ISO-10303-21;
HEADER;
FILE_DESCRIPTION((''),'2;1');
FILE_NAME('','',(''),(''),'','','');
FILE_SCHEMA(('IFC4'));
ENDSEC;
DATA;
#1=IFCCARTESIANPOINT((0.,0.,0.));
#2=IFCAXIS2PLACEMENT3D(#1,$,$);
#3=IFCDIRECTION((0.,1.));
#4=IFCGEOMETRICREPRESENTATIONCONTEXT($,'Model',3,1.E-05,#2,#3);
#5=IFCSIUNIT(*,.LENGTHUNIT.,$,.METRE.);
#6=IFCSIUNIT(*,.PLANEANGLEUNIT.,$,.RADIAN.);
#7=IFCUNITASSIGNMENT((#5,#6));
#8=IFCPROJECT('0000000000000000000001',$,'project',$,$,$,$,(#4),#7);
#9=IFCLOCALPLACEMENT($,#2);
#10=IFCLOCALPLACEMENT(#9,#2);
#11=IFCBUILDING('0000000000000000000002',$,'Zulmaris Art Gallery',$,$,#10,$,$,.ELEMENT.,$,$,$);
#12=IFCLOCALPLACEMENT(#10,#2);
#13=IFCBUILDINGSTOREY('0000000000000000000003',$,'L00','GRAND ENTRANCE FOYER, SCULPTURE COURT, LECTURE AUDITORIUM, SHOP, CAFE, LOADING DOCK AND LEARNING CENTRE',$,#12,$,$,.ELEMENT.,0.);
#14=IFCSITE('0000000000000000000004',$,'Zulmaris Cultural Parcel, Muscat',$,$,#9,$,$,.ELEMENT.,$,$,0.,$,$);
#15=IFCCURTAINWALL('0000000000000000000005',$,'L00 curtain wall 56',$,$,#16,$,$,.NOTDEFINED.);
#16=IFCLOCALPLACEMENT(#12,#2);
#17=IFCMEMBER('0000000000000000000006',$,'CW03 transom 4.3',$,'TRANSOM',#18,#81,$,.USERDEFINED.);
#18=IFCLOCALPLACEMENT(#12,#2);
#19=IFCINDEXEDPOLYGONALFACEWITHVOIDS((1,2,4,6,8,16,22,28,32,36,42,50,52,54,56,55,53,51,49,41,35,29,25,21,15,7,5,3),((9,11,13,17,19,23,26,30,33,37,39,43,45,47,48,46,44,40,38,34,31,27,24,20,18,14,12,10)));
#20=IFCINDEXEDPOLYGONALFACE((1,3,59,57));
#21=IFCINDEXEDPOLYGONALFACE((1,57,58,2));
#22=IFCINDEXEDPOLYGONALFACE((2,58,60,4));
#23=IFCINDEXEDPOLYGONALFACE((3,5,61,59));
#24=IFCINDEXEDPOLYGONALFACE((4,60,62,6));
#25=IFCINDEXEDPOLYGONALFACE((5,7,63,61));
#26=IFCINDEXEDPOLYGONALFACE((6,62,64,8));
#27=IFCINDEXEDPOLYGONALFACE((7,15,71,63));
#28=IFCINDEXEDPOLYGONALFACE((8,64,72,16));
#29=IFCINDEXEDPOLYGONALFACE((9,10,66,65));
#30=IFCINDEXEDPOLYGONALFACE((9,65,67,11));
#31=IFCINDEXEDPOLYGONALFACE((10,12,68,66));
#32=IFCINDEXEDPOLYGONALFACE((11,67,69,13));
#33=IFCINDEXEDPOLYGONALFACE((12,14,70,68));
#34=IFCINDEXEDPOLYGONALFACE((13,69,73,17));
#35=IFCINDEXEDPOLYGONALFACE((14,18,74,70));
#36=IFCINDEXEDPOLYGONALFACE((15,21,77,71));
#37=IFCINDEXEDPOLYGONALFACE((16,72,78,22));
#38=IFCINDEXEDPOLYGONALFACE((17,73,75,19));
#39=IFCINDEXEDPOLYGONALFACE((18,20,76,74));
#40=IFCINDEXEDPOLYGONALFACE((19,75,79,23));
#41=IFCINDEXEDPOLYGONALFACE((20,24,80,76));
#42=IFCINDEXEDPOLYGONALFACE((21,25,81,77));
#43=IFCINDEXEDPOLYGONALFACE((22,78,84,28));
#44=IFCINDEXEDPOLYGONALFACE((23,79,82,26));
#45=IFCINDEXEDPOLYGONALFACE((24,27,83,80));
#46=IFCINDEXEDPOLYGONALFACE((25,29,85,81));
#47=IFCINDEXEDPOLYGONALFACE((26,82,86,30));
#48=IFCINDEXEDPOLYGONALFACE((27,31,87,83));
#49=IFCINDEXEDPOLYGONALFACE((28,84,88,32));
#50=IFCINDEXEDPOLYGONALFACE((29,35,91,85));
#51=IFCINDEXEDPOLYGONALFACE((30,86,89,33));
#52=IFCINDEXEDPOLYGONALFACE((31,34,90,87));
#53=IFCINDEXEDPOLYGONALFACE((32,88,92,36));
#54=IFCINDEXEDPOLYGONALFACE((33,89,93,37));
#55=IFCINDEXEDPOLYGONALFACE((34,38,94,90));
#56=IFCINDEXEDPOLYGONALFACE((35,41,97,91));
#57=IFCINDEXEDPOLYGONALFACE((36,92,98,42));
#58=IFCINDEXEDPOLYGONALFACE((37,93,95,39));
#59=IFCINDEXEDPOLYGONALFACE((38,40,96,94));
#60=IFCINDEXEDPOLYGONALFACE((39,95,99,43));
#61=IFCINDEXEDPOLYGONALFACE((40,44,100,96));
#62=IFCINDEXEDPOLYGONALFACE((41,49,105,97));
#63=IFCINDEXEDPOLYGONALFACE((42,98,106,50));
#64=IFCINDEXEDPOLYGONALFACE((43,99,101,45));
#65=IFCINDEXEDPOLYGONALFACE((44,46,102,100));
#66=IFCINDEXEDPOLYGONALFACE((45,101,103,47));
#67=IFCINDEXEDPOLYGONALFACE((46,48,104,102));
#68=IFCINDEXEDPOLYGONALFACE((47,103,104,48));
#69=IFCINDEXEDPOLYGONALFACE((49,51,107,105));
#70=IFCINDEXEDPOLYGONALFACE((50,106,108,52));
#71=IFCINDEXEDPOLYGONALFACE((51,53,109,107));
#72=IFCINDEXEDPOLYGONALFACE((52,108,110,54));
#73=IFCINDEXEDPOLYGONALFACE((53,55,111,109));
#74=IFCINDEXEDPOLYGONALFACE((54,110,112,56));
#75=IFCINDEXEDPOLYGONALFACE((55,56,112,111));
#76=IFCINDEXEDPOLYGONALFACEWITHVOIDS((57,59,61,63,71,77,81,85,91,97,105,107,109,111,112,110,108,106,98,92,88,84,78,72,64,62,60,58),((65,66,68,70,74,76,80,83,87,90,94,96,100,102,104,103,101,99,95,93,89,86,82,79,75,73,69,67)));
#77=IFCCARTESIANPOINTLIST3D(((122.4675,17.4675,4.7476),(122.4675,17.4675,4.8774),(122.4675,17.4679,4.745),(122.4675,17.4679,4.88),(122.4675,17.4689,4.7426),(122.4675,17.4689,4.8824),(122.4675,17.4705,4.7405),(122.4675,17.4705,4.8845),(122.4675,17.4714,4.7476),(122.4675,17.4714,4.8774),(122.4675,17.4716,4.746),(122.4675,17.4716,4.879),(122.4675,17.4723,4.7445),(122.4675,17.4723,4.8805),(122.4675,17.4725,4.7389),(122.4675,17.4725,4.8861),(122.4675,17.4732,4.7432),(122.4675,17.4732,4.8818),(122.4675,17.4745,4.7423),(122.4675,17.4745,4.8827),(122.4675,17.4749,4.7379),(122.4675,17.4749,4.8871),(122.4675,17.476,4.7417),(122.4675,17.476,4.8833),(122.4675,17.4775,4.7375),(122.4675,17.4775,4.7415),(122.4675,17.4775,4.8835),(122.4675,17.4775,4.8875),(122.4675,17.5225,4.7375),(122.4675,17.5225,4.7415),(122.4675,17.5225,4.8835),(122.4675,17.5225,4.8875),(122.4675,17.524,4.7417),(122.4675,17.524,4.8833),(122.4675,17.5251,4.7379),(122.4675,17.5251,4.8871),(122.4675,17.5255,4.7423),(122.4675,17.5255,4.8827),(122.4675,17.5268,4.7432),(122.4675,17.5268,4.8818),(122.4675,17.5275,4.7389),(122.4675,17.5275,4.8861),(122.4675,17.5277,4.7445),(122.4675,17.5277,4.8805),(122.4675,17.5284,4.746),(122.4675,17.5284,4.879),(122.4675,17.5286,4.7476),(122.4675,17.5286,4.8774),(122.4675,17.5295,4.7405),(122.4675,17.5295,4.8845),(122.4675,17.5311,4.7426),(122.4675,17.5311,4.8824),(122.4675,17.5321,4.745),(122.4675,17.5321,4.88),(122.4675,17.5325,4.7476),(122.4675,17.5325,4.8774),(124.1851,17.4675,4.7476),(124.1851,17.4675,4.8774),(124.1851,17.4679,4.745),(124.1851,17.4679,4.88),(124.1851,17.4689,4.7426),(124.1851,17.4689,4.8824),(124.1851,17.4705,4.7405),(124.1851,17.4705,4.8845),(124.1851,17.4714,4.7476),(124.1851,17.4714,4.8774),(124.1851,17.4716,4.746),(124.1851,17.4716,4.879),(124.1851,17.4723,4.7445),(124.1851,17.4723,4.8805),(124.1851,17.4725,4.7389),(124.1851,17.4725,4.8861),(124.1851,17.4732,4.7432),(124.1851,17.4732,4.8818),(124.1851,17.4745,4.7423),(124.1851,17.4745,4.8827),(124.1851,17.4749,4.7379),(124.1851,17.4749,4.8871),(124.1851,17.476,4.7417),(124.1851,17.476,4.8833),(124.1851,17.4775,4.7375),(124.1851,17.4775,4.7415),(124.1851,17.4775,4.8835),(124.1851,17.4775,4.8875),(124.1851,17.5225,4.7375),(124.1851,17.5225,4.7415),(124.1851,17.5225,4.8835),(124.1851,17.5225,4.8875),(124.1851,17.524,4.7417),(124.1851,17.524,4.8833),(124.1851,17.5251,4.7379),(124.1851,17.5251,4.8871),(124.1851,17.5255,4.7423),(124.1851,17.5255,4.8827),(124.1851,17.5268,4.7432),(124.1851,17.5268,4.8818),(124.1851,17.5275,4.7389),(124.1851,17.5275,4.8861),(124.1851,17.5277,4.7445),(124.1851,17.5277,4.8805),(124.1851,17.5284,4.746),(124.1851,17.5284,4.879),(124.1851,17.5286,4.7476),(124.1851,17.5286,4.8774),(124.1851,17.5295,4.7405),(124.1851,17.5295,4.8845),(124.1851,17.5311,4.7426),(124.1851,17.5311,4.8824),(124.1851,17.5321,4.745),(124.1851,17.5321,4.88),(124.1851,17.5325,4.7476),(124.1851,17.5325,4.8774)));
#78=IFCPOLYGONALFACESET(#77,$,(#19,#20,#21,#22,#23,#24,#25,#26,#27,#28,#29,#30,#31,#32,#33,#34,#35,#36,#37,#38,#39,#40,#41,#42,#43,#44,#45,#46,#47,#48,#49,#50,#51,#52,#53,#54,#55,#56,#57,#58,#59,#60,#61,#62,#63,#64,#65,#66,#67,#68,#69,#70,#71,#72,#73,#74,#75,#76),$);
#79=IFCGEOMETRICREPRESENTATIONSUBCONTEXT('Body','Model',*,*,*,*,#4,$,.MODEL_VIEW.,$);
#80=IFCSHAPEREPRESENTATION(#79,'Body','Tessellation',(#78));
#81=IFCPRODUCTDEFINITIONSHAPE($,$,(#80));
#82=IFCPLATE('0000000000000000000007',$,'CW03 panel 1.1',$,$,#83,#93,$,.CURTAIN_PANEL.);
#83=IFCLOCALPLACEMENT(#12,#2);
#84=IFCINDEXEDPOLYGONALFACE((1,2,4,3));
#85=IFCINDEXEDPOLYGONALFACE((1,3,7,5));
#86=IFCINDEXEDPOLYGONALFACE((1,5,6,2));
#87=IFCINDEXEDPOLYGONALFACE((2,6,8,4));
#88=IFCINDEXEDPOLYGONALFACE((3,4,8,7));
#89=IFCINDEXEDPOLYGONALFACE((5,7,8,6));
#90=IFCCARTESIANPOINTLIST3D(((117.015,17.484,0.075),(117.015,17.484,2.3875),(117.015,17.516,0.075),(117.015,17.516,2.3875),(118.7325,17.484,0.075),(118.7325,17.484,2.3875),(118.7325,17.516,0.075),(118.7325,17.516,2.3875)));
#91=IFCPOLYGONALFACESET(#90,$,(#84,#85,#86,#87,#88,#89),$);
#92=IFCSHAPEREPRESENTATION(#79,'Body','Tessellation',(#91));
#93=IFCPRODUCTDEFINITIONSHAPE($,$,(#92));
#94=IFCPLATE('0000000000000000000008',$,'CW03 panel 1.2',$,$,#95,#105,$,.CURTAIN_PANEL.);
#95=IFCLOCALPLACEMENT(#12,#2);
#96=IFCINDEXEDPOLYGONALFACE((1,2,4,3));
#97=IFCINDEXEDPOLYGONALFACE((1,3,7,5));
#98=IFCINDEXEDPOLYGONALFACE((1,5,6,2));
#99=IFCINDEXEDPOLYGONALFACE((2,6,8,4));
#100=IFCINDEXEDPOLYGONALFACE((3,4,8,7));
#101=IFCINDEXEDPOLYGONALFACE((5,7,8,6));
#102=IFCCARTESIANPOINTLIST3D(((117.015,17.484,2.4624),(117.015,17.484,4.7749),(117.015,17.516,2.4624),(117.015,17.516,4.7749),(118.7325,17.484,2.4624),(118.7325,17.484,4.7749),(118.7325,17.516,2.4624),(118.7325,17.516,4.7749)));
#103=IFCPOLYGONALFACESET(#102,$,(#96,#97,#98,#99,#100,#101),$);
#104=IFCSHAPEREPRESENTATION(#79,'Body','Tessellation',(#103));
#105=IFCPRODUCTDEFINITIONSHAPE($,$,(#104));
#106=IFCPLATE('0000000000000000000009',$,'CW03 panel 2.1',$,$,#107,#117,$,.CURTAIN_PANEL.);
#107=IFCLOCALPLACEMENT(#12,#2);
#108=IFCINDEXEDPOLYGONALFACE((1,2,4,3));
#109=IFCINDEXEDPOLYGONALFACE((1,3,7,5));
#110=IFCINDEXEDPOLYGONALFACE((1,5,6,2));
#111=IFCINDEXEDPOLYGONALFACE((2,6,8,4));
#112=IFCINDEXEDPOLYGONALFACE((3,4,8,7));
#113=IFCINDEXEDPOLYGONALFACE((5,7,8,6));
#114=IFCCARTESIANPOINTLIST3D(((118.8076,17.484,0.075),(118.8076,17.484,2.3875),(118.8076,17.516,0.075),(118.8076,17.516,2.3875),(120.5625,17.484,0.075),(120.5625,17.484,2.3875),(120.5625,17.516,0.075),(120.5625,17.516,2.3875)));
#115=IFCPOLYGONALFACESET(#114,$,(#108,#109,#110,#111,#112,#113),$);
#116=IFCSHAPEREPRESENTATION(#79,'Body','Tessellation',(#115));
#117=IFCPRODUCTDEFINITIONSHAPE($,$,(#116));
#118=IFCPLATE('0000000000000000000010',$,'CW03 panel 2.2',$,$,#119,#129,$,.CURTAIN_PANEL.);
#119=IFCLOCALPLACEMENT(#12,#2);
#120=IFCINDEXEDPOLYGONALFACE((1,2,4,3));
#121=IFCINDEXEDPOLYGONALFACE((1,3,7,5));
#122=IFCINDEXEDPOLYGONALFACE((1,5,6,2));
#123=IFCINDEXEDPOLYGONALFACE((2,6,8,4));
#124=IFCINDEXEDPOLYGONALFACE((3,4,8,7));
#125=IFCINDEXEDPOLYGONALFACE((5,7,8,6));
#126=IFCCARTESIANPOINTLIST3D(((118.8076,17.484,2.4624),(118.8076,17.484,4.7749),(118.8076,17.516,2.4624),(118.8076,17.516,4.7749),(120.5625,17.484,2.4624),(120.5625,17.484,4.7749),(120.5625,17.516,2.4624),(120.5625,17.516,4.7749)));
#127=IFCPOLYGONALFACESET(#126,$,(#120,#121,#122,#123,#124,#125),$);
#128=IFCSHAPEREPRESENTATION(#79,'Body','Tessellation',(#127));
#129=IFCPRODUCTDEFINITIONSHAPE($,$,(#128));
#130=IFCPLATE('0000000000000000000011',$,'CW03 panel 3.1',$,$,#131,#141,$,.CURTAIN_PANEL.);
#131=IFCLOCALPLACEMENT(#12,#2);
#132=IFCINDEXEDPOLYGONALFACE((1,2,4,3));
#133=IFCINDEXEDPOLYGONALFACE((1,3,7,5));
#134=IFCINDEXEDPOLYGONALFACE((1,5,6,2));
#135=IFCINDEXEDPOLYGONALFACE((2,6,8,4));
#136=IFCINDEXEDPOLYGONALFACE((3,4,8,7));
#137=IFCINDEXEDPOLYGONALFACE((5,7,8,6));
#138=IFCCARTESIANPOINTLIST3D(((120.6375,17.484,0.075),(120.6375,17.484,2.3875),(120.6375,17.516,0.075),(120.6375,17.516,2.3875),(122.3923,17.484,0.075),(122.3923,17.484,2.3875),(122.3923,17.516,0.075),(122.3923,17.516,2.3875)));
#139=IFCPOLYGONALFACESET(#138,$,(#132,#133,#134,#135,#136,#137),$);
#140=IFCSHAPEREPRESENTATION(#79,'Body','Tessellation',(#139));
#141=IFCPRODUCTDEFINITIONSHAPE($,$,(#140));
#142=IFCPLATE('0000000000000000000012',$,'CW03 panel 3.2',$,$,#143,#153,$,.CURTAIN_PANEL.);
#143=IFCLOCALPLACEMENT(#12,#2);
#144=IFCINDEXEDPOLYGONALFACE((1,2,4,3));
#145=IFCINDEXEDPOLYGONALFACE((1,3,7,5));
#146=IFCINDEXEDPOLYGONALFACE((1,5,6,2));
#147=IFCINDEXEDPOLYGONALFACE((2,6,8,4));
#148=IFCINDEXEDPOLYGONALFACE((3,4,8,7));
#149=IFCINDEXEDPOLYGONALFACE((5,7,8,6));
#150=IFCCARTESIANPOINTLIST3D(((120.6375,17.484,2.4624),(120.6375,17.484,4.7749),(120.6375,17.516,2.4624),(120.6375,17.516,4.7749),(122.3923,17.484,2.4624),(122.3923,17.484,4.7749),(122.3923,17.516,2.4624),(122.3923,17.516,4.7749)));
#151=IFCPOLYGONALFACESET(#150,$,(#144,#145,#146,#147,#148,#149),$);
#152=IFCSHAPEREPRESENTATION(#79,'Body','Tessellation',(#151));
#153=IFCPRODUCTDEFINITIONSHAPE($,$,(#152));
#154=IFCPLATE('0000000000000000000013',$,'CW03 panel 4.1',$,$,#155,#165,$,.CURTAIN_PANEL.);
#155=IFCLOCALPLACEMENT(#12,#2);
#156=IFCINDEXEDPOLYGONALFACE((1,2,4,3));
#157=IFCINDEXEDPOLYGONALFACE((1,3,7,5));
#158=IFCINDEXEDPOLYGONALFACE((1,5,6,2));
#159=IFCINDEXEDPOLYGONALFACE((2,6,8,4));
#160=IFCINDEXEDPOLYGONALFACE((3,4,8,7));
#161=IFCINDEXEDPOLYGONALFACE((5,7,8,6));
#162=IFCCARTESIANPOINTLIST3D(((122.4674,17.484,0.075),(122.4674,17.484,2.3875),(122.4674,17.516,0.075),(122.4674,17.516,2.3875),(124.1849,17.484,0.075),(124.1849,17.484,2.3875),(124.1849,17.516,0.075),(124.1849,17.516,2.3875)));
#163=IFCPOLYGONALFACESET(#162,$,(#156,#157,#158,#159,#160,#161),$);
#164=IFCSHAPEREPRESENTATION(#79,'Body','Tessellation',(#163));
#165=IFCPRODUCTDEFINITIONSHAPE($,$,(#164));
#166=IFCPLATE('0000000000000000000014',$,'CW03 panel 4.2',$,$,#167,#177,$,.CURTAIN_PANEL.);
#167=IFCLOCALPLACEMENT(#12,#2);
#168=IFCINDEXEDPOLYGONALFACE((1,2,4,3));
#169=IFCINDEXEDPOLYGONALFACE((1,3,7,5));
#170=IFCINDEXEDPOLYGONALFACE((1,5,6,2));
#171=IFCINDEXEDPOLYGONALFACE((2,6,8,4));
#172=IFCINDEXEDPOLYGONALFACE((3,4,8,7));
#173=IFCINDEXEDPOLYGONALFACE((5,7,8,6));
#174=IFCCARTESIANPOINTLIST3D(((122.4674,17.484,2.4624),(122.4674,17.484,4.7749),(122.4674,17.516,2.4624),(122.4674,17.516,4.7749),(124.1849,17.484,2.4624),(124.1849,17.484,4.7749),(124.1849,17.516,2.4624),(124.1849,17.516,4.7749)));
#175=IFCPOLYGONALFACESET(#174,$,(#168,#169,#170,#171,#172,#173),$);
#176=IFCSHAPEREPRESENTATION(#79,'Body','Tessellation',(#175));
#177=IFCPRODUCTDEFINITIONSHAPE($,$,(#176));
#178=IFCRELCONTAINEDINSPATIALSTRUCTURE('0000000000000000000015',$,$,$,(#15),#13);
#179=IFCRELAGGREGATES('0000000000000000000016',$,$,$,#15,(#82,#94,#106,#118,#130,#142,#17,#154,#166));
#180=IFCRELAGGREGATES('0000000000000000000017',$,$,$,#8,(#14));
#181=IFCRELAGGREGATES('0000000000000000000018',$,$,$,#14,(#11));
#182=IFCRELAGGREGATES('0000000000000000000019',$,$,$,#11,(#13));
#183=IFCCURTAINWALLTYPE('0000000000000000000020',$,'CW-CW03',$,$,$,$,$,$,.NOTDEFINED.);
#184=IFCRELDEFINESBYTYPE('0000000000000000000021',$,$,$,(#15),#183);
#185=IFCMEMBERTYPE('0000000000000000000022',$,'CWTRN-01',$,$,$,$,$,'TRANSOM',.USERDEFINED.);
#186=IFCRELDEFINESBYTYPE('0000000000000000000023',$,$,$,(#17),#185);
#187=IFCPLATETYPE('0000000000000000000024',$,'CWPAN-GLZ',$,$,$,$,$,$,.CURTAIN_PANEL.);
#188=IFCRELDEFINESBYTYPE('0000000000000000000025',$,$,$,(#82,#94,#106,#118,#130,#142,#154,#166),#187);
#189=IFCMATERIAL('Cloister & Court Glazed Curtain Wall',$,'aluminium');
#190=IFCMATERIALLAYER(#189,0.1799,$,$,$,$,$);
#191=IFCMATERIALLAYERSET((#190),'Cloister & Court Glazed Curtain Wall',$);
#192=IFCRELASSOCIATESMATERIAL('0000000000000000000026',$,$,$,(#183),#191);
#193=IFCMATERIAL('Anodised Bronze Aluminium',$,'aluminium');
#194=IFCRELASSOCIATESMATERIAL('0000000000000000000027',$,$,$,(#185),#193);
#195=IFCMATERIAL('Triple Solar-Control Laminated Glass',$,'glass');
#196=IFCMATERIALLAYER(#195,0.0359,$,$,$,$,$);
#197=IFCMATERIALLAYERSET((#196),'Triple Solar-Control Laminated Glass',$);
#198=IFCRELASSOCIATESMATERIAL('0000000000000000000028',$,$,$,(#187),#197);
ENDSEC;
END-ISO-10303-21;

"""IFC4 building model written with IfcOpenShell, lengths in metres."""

from ifc_helpers import new_model, si_unit, direction, frame, origin, origin_2d, place, context, subcontext, project, spatial, rectangle, hollow_rectangle, extrude, material, layer, layer_set, material_profile, profile_set, type_object, element, aggregate, save


model = new_model("IFC4")

# Units and contexts
model_context = context("Model", 3, precision=1e-05, world=origin(), true_north=direction((0.0, 1.0)))
body_context = subcontext(model_context, "Body", "Model", "MODEL_VIEW")
ifc_project = project(units=[si_unit("LENGTHUNIT", "METRE"), si_unit("PLANEANGLEUNIT", "RADIAN")], contexts=[model_context])

# Site, building, storey
site_placement = place(None, origin())
site = spatial("IfcSite", under=ifc_project, at=site_placement, Name="Zulmaris Cultural Parcel, Muscat", CompositionType="ELEMENT", RefElevation=0.0)
building_placement = place(site_placement, origin())
building = spatial("IfcBuilding", under=site, at=building_placement, Name="Zulmaris Art Gallery", CompositionType="ELEMENT")
storey_placement = place(building_placement, origin())
storey = spatial("IfcBuildingStorey", under=building, at=storey_placement, Name="L00", Description="GRAND ENTRANCE FOYER, SCULPTURE COURT, LECTURE AUDITORIUM, SHOP, CAFE, LOADING DOCK AND LEARNING CENTRE", CompositionType="ELEMENT", Elevation=0.0)

# Curtain wall, member, plates
ifc_material_1 = material(Name="Cloister & Court Glazed Curtain Wall", Category="aluminium")
ifc_layer_1 = layer(ifc_material_1, 0.1799)
ifc_layer_set_1 = layer_set([ifc_layer_1], Name="Cloister & Court Glazed Curtain Wall")
curtain_wall_type = type_object("IfcCurtainWallType", Name="CW-CW03", PredefinedType="NOTDEFINED", material=ifc_layer_set_1)
curtain_wall_placement = place(storey_placement, origin())
curtain_wall = element("IfcCurtainWall", 1, at=curtain_wall_placement, inside=storey, type_object=curtain_wall_type, Name="L00 curtain wall 56", PredefinedType="NOTDEFINED")
ifc_material_2 = material(Name="Anodised Bronze Aluminium", Category="aluminium")
ifc_material_profile_1 = material_profile(ifc_material_2, hollow_rectangle(XDim=0.0649, YDim=0.1499, WallThickness=0.0039, InnerFilletRadius=0.0061, OuterFilletRadius=0.01, at=origin_2d()), Name="ALU 65x150x4")
ifc_profile_set_1 = profile_set([ifc_material_profile_1], Name="Anodised Bronze Aluminium")
member_type_1 = type_object("IfcMemberType", Name="CWTRN-01", ElementType="TRANSOM", PredefinedType="USERDEFINED", material=ifc_profile_set_1)
member_1_placement = place(storey_placement, frame((122.4675, 17.5, 4.8125), z_axis=(1.0, 0.0, 0.0), x_axis=(0.0, 1.0, 0.0)))
member_1 = element("IfcMember", 2, at=member_1_placement, type_object=member_type_1, Name="CW03 transom 4.3", ObjectType="TRANSOM", PredefinedType="USERDEFINED", context=body_context, shape_type="SweptSolid", body=[
    extrude(hollow_rectangle(XDim=0.0649, YDim=0.1499, WallThickness=0.0039, InnerFilletRadius=0.0061, OuterFilletRadius=0.01, at=origin_2d()), origin(), (0.0, 0.0, 1.0), 1.7175),
])
ifc_material_3 = material(Name="Triple Solar-Control Laminated Glass", Category="glass")
ifc_layer_2 = layer(ifc_material_3, 0.0359)
ifc_layer_set_2 = layer_set([ifc_layer_2], Name="Triple Solar-Control Laminated Glass")
plate_type = type_object("IfcPlateType", Name="CWPAN-GLZ", PredefinedType="CURTAIN_PANEL", material=ifc_layer_set_2)
plate_1_placement = place(storey_placement, frame((117.8738, 17.5, 0.075), z_axis=(0.0, 0.0, 1.0), x_axis=(1.0, 0.0, 0.0)))
plate_1 = element("IfcPlate", 3, at=plate_1_placement, type_object=plate_type, Name="CW03 panel 1.1", PredefinedType="CURTAIN_PANEL", context=body_context, shape_type="SweptSolid", body=[
    extrude(rectangle(XDim=1.7175, YDim=0.032, at=origin_2d()), origin(), (0.0, 0.0, 1.0), 2.3125),
])
plate_2_placement = place(storey_placement, frame((117.8738, 17.5, 2.4624), z_axis=(0.0, 0.0, 1.0), x_axis=(1.0, 0.0, 0.0)))
plate_2 = element("IfcPlate", 4, at=plate_2_placement, type_object=plate_type, Name="CW03 panel 1.2", PredefinedType="CURTAIN_PANEL", context=body_context, shape_type="SweptSolid", body=[
    extrude(rectangle(XDim=1.7175, YDim=0.032, at=origin_2d()), origin(), (0.0, 0.0, 1.0), 2.3125),
])
plate_3_placement = place(storey_placement, frame((119.6851, 17.5, 0.075), z_axis=(0.0, 0.0, 1.0), x_axis=(1.0, 0.0, 0.0)))
plate_3 = element("IfcPlate", 5, at=plate_3_placement, type_object=plate_type, Name="CW03 panel 2.1", PredefinedType="CURTAIN_PANEL", context=body_context, shape_type="SweptSolid", body=[
    extrude(rectangle(XDim=1.7549, YDim=0.032, at=origin_2d()), origin(), (0.0, 0.0, 1.0), 2.3125),
])
plate_4_placement = place(storey_placement, frame((119.6851, 17.5, 2.4624), z_axis=(0.0, 0.0, 1.0), x_axis=(1.0, 0.0, 0.0)))
plate_4 = element("IfcPlate", 6, at=plate_4_placement, type_object=plate_type, Name="CW03 panel 2.2", PredefinedType="CURTAIN_PANEL", context=body_context, shape_type="SweptSolid", body=[
    extrude(rectangle(XDim=1.7549, YDim=0.032, at=origin_2d()), origin(), (0.0, 0.0, 1.0), 2.3125),
])
plate_5_placement = place(storey_placement, frame((121.5149, 17.5, 0.075), z_axis=(0.0, 0.0, 1.0), x_axis=(1.0, 0.0, 0.0)))
plate_5 = element("IfcPlate", 7, at=plate_5_placement, type_object=plate_type, Name="CW03 panel 3.1", PredefinedType="CURTAIN_PANEL", context=body_context, shape_type="SweptSolid", body=[
    extrude(rectangle(XDim=1.7549, YDim=0.032, at=origin_2d()), origin(), (0.0, 0.0, 1.0), 2.3125),
])
plate_6_placement = place(storey_placement, frame((121.5149, 17.5, 2.4624), z_axis=(0.0, 0.0, 1.0), x_axis=(1.0, 0.0, 0.0)))
plate_6 = element("IfcPlate", 8, at=plate_6_placement, type_object=plate_type, Name="CW03 panel 3.2", PredefinedType="CURTAIN_PANEL", context=body_context, shape_type="SweptSolid", body=[
    extrude(rectangle(XDim=1.7549, YDim=0.032, at=origin_2d()), origin(), (0.0, 0.0, 1.0), 2.3125),
])
plate_7_placement = place(storey_placement, frame((123.3262, 17.5, 0.075), z_axis=(0.0, 0.0, 1.0), x_axis=(1.0, 0.0, 0.0)))
plate_7 = element("IfcPlate", 9, at=plate_7_placement, type_object=plate_type, Name="CW03 panel 4.1", PredefinedType="CURTAIN_PANEL", context=body_context, shape_type="SweptSolid", body=[
    extrude(rectangle(XDim=1.7175, YDim=0.032, at=origin_2d()), origin(), (0.0, 0.0, 1.0), 2.3125),
])
plate_8_placement = place(storey_placement, frame((123.3262, 17.5, 2.4624), z_axis=(0.0, 0.0, 1.0), x_axis=(1.0, 0.0, 0.0)))
plate_8 = element("IfcPlate", 10, at=plate_8_placement, type_object=plate_type, Name="CW03 panel 4.2", PredefinedType="CURTAIN_PANEL", context=body_context, shape_type="SweptSolid", body=[
    extrude(rectangle(XDim=1.7175, YDim=0.032, at=origin_2d()), origin(), (0.0, 0.0, 1.0), 2.3125),
])
aggregate(curtain_wall, [plate_1, plate_2, plate_3, plate_4, plate_5, plate_6, member_1, plate_7, plate_8])

save(model, "model.ifc")
